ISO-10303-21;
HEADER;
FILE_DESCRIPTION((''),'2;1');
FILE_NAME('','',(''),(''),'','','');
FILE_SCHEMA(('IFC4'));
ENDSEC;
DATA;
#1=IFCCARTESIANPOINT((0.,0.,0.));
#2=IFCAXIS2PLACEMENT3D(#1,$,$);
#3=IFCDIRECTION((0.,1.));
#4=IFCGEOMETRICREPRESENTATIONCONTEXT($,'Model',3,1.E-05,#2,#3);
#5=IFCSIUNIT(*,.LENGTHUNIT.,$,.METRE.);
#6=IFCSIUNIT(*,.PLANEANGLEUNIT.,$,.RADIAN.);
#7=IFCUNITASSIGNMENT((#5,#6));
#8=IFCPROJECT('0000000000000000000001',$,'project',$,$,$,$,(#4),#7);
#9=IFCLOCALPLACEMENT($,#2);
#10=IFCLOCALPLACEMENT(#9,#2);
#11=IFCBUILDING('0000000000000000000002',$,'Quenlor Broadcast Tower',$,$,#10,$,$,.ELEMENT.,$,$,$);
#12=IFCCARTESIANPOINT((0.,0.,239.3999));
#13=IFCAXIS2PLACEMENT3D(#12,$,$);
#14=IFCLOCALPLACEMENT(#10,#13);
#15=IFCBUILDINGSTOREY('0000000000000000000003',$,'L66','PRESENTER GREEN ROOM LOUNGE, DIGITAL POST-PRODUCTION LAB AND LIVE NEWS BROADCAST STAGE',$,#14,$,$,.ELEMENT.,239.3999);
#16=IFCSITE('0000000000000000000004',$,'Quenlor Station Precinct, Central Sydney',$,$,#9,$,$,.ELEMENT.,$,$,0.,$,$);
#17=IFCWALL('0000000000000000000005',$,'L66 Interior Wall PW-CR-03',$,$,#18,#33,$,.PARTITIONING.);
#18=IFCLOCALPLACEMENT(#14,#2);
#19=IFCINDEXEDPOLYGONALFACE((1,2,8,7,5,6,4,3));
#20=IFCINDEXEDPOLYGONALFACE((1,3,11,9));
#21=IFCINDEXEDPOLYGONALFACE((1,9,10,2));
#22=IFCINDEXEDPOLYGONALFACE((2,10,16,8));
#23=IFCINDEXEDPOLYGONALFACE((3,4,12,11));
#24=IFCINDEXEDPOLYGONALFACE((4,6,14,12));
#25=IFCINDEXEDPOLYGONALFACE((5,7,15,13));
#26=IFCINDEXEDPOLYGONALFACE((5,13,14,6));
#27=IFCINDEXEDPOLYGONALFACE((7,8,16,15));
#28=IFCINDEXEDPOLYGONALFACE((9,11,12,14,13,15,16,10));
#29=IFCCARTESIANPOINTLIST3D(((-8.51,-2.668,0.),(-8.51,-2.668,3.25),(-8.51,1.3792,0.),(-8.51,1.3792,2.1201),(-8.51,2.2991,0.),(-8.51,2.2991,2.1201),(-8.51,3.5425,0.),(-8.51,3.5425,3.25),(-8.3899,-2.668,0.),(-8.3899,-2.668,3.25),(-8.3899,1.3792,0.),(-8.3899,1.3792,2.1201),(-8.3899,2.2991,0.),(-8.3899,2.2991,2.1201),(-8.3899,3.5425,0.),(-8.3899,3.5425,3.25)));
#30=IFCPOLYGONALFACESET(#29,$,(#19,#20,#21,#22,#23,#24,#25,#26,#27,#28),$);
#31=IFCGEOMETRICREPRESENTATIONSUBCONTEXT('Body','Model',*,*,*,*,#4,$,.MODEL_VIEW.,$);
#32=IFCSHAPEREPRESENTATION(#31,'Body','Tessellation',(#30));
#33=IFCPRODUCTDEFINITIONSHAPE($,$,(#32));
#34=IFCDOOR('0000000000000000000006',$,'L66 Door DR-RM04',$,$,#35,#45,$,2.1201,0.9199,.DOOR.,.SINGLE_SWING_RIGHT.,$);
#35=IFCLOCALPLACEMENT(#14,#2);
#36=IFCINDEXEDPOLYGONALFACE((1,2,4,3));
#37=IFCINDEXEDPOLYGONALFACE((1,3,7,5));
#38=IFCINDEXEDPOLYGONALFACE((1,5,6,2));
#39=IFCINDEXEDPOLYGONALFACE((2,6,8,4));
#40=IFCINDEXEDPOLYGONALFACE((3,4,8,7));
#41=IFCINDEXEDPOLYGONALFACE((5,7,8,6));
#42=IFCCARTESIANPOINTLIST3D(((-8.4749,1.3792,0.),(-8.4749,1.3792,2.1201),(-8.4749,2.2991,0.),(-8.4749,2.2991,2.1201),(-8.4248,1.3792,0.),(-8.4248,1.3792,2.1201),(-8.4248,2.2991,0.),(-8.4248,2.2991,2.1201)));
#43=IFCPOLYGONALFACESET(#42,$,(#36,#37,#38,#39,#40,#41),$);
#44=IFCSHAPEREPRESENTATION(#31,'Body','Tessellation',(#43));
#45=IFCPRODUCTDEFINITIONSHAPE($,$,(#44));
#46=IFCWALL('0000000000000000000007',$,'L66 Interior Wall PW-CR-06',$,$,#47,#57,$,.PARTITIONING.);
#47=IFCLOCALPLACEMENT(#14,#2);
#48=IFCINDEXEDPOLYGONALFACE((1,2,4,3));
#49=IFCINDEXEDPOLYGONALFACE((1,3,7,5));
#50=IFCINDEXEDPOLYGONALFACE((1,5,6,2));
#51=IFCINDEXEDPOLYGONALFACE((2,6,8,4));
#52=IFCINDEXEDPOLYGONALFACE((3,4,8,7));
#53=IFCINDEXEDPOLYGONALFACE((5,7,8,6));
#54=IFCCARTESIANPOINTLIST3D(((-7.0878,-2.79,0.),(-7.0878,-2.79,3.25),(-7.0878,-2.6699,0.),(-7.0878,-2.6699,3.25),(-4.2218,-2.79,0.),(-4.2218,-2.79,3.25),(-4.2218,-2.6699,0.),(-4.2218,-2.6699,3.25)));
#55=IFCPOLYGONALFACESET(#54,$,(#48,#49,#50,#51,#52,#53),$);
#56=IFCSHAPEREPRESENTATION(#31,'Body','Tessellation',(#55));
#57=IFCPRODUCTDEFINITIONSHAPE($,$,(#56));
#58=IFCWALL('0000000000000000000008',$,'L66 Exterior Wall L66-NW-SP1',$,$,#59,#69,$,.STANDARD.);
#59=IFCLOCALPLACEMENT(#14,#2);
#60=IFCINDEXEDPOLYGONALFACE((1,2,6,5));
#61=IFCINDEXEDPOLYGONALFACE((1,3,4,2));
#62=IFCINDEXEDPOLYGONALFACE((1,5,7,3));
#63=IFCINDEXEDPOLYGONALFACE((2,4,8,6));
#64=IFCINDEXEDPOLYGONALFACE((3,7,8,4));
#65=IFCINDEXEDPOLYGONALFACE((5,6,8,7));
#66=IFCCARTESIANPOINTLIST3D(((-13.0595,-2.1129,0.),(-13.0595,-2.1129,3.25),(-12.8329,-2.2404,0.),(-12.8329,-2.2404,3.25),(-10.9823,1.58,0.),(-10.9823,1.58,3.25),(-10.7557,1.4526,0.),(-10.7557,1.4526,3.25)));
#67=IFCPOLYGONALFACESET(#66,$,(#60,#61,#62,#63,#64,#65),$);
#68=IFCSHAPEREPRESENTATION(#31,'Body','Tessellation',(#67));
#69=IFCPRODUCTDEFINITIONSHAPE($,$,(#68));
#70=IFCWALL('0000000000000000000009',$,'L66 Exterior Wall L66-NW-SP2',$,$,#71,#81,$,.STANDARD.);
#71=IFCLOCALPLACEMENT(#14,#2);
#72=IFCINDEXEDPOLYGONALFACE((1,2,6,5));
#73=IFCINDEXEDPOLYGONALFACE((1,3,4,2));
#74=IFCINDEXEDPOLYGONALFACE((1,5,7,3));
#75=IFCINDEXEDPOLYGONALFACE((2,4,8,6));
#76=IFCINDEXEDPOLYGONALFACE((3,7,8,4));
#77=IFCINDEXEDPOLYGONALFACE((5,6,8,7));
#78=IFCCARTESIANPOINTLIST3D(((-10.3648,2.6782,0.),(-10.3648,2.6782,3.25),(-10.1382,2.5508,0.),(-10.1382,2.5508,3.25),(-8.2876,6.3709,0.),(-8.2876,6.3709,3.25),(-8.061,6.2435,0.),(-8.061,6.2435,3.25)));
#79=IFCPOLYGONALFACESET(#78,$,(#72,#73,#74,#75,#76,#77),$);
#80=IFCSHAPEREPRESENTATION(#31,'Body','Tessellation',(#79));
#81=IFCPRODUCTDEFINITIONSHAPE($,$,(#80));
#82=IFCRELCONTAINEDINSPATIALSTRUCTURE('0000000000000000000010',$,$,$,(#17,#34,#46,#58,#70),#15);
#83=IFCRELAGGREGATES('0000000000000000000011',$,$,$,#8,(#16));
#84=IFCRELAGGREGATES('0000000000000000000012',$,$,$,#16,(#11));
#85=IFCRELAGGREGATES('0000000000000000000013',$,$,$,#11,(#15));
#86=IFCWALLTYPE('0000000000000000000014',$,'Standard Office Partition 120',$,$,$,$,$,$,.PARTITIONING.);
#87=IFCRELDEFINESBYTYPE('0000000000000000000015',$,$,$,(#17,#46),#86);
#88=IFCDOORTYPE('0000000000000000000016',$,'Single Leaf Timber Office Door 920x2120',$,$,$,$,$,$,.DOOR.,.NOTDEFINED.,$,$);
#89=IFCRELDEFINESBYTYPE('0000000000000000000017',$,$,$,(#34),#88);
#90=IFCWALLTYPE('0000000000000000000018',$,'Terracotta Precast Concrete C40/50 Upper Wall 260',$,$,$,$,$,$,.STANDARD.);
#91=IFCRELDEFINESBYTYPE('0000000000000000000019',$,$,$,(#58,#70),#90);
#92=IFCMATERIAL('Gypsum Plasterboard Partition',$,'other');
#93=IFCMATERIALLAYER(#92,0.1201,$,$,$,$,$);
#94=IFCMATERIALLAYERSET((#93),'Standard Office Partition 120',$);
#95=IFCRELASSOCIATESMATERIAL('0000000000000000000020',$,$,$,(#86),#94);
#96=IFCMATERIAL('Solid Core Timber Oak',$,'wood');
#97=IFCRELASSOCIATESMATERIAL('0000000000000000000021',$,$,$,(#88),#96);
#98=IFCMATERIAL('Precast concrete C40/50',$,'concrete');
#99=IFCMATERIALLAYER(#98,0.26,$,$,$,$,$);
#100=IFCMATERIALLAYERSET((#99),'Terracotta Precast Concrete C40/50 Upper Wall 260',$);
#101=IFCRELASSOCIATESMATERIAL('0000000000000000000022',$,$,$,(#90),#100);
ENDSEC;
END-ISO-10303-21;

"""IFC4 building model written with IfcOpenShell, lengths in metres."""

from ifc_helpers import new_model, si_unit, direction, frame, frame_2d, origin, place, context, subcontext, project, spatial, rectangle, extrude, material, layer, layer_set, type_object, element, fill, save


model = new_model("IFC4")

# Units and contexts
model_context = context("Model", 3, precision=1e-05, world=origin(), true_north=direction((0.0, 1.0)))
body_context = subcontext(model_context, "Body", "Model", "MODEL_VIEW")
ifc_project = project(units=[si_unit("LENGTHUNIT", "METRE"), si_unit("PLANEANGLEUNIT", "RADIAN")], contexts=[model_context])

# Site, building, storey
site_placement = place(None, origin())
site = spatial("IfcSite", under=ifc_project, at=site_placement, Name="Quenlor Station Precinct, Central Sydney", CompositionType="ELEMENT", RefElevation=0.0)
building_placement = place(site_placement, origin())
building = spatial("IfcBuilding", under=site, at=building_placement, Name="Quenlor Broadcast Tower", CompositionType="ELEMENT")
storey_placement = place(building_placement, frame((0.0, 0.0, 239.3999)))
storey = spatial("IfcBuildingStorey", under=building, at=storey_placement, Name="L66", Description="PRESENTER GREEN ROOM LOUNGE, DIGITAL POST-PRODUCTION LAB AND LIVE NEWS BROADCAST STAGE", CompositionType="ELEMENT", Elevation=239.3999)

# Shared definitions
ifc_material_1 = material(Name="Gypsum Plasterboard Partition", Category="other")
ifc_layer_1 = layer(ifc_material_1, 0.1201)
ifc_layer_set_1 = layer_set([ifc_layer_1], Name="Standard Office Partition 120")
wall_type_1 = type_object("IfcWallType", Name="Standard Office Partition 120", PredefinedType="PARTITIONING", material=ifc_layer_set_1)

# Wall, opening, door
wall_1_placement = place(storey_placement, frame((-8.45, -2.668, 0.0), z_axis=(0.0, 0.0, 1.0), x_axis=(0.0, 1.0, 0.0)))
wall_1 = element("IfcWall", 1, at=wall_1_placement, inside=storey, type_object=wall_type_1, Name="L66 Interior Wall PW-CR-03", PredefinedType="PARTITIONING", context=body_context, shape_type="SweptSolid", body=[
    extrude(rectangle(XDim=6.2104, YDim=0.1201, at=frame_2d((3.1052, 0.0))), origin(), (0.0, 0.0, 1.0), 3.25),
])
opening_placement = place(wall_1_placement, frame((4.0471, 0.0, 0.0)))
opening = element("IfcOpeningElement", 2, at=opening_placement, cuts=wall_1, PredefinedType="OPENING", context=body_context, shape_type="SweptSolid", body=[
    extrude(rectangle(XDim=0.9199, YDim=2.1201, at=frame_2d((0.46, 1.0601))), frame((0.0, 0.0701, 0.0), z_axis=(0.0, -1.0, 0.0), x_axis=(1.0, 0.0, 0.0)), (0.0, 0.0, 1.0), 0.1401),
])
ifc_material_2 = material(Name="Solid Core Timber Oak", Category="wood")
door_type = type_object("IfcDoorType", Name="Single Leaf Timber Office Door 920x2120", OperationType="NOTDEFINED", PredefinedType="DOOR", material=ifc_material_2)
door_placement = place(opening_placement, origin())
door = element("IfcDoor", 3, at=door_placement, inside=storey, type_object=door_type, Name="L66 Door DR-RM04", OperationType="SINGLE_SWING_RIGHT", OverallHeight=2.1201, OverallWidth=0.9199, PredefinedType="DOOR", context=body_context, shape_type="SweptSolid", body=[
    extrude(rectangle(XDim=0.9199, YDim=2.1201, at=frame_2d((0.46, 1.0601))), frame((0.0, 0.0249, 0.0), z_axis=(0.0, -1.0, 0.0), x_axis=(1.0, 0.0, 0.0)), (0.0, 0.0, 1.0), 0.05),
])
fill(opening, door)

# Walls
wall_2_placement = place(storey_placement, frame((-7.0879, -2.73, 0.0), z_axis=(0.0, 0.0, 1.0), x_axis=(1.0, 0.0, 0.0)))
element("IfcWall", 4, at=wall_2_placement, inside=storey, type_object=wall_type_1, Name="L66 Interior Wall PW-CR-06", PredefinedType="PARTITIONING", context=body_context, shape_type="SweptSolid", body=[
    extrude(rectangle(XDim=2.866, YDim=0.1201, at=frame_2d((1.4331, 0.0))), origin(), (0.0, 0.0, 1.0), 3.25),
])
ifc_material_3 = material(Name="Precast concrete C40/50", Category="concrete")
ifc_layer_2 = layer(ifc_material_3, 0.26)
ifc_layer_set_2 = layer_set([ifc_layer_2], Name="Terracotta Precast Concrete C40/50 Upper Wall 260")
wall_type_2 = type_object("IfcWallType", Name="Terracotta Precast Concrete C40/50 Upper Wall 260", PredefinedType="STANDARD", material=ifc_layer_set_2)
wall_3_placement = place(storey_placement, frame((-12.9463, -2.1768, 0.0), z_axis=(0.0, 0.0, 1.0), x_axis=(0.490245, 0.871585, 0.0)))
element("IfcWall", 5, at=wall_3_placement, inside=storey, type_object=wall_type_2, Name="L66 Exterior Wall L66-NW-SP1", PredefinedType="STANDARD", context=body_context, shape_type="SweptSolid", body=[
    extrude(rectangle(XDim=4.2371, YDim=0.26, at=frame_2d((2.1187, 0.0))), origin(), (0.0, 0.0, 1.0), 3.25),
])
wall_4_placement = place(storey_placement, frame((-10.2515, 2.6145, 0.0), z_axis=(0.0, 0.0, 1.0), x_axis=(0.490269, 0.871571, 0.0)))
element("IfcWall", 6, at=wall_4_placement, inside=storey, type_object=wall_type_2, Name="L66 Exterior Wall L66-NW-SP2", PredefinedType="STANDARD", context=body_context, shape_type="SweptSolid", body=[
    extrude(rectangle(XDim=4.2368, YDim=0.26, at=frame_2d((2.1184, 0.0))), origin(), (0.0, 0.0, 1.0), 3.25),
])

save(model, "model.ifc")
